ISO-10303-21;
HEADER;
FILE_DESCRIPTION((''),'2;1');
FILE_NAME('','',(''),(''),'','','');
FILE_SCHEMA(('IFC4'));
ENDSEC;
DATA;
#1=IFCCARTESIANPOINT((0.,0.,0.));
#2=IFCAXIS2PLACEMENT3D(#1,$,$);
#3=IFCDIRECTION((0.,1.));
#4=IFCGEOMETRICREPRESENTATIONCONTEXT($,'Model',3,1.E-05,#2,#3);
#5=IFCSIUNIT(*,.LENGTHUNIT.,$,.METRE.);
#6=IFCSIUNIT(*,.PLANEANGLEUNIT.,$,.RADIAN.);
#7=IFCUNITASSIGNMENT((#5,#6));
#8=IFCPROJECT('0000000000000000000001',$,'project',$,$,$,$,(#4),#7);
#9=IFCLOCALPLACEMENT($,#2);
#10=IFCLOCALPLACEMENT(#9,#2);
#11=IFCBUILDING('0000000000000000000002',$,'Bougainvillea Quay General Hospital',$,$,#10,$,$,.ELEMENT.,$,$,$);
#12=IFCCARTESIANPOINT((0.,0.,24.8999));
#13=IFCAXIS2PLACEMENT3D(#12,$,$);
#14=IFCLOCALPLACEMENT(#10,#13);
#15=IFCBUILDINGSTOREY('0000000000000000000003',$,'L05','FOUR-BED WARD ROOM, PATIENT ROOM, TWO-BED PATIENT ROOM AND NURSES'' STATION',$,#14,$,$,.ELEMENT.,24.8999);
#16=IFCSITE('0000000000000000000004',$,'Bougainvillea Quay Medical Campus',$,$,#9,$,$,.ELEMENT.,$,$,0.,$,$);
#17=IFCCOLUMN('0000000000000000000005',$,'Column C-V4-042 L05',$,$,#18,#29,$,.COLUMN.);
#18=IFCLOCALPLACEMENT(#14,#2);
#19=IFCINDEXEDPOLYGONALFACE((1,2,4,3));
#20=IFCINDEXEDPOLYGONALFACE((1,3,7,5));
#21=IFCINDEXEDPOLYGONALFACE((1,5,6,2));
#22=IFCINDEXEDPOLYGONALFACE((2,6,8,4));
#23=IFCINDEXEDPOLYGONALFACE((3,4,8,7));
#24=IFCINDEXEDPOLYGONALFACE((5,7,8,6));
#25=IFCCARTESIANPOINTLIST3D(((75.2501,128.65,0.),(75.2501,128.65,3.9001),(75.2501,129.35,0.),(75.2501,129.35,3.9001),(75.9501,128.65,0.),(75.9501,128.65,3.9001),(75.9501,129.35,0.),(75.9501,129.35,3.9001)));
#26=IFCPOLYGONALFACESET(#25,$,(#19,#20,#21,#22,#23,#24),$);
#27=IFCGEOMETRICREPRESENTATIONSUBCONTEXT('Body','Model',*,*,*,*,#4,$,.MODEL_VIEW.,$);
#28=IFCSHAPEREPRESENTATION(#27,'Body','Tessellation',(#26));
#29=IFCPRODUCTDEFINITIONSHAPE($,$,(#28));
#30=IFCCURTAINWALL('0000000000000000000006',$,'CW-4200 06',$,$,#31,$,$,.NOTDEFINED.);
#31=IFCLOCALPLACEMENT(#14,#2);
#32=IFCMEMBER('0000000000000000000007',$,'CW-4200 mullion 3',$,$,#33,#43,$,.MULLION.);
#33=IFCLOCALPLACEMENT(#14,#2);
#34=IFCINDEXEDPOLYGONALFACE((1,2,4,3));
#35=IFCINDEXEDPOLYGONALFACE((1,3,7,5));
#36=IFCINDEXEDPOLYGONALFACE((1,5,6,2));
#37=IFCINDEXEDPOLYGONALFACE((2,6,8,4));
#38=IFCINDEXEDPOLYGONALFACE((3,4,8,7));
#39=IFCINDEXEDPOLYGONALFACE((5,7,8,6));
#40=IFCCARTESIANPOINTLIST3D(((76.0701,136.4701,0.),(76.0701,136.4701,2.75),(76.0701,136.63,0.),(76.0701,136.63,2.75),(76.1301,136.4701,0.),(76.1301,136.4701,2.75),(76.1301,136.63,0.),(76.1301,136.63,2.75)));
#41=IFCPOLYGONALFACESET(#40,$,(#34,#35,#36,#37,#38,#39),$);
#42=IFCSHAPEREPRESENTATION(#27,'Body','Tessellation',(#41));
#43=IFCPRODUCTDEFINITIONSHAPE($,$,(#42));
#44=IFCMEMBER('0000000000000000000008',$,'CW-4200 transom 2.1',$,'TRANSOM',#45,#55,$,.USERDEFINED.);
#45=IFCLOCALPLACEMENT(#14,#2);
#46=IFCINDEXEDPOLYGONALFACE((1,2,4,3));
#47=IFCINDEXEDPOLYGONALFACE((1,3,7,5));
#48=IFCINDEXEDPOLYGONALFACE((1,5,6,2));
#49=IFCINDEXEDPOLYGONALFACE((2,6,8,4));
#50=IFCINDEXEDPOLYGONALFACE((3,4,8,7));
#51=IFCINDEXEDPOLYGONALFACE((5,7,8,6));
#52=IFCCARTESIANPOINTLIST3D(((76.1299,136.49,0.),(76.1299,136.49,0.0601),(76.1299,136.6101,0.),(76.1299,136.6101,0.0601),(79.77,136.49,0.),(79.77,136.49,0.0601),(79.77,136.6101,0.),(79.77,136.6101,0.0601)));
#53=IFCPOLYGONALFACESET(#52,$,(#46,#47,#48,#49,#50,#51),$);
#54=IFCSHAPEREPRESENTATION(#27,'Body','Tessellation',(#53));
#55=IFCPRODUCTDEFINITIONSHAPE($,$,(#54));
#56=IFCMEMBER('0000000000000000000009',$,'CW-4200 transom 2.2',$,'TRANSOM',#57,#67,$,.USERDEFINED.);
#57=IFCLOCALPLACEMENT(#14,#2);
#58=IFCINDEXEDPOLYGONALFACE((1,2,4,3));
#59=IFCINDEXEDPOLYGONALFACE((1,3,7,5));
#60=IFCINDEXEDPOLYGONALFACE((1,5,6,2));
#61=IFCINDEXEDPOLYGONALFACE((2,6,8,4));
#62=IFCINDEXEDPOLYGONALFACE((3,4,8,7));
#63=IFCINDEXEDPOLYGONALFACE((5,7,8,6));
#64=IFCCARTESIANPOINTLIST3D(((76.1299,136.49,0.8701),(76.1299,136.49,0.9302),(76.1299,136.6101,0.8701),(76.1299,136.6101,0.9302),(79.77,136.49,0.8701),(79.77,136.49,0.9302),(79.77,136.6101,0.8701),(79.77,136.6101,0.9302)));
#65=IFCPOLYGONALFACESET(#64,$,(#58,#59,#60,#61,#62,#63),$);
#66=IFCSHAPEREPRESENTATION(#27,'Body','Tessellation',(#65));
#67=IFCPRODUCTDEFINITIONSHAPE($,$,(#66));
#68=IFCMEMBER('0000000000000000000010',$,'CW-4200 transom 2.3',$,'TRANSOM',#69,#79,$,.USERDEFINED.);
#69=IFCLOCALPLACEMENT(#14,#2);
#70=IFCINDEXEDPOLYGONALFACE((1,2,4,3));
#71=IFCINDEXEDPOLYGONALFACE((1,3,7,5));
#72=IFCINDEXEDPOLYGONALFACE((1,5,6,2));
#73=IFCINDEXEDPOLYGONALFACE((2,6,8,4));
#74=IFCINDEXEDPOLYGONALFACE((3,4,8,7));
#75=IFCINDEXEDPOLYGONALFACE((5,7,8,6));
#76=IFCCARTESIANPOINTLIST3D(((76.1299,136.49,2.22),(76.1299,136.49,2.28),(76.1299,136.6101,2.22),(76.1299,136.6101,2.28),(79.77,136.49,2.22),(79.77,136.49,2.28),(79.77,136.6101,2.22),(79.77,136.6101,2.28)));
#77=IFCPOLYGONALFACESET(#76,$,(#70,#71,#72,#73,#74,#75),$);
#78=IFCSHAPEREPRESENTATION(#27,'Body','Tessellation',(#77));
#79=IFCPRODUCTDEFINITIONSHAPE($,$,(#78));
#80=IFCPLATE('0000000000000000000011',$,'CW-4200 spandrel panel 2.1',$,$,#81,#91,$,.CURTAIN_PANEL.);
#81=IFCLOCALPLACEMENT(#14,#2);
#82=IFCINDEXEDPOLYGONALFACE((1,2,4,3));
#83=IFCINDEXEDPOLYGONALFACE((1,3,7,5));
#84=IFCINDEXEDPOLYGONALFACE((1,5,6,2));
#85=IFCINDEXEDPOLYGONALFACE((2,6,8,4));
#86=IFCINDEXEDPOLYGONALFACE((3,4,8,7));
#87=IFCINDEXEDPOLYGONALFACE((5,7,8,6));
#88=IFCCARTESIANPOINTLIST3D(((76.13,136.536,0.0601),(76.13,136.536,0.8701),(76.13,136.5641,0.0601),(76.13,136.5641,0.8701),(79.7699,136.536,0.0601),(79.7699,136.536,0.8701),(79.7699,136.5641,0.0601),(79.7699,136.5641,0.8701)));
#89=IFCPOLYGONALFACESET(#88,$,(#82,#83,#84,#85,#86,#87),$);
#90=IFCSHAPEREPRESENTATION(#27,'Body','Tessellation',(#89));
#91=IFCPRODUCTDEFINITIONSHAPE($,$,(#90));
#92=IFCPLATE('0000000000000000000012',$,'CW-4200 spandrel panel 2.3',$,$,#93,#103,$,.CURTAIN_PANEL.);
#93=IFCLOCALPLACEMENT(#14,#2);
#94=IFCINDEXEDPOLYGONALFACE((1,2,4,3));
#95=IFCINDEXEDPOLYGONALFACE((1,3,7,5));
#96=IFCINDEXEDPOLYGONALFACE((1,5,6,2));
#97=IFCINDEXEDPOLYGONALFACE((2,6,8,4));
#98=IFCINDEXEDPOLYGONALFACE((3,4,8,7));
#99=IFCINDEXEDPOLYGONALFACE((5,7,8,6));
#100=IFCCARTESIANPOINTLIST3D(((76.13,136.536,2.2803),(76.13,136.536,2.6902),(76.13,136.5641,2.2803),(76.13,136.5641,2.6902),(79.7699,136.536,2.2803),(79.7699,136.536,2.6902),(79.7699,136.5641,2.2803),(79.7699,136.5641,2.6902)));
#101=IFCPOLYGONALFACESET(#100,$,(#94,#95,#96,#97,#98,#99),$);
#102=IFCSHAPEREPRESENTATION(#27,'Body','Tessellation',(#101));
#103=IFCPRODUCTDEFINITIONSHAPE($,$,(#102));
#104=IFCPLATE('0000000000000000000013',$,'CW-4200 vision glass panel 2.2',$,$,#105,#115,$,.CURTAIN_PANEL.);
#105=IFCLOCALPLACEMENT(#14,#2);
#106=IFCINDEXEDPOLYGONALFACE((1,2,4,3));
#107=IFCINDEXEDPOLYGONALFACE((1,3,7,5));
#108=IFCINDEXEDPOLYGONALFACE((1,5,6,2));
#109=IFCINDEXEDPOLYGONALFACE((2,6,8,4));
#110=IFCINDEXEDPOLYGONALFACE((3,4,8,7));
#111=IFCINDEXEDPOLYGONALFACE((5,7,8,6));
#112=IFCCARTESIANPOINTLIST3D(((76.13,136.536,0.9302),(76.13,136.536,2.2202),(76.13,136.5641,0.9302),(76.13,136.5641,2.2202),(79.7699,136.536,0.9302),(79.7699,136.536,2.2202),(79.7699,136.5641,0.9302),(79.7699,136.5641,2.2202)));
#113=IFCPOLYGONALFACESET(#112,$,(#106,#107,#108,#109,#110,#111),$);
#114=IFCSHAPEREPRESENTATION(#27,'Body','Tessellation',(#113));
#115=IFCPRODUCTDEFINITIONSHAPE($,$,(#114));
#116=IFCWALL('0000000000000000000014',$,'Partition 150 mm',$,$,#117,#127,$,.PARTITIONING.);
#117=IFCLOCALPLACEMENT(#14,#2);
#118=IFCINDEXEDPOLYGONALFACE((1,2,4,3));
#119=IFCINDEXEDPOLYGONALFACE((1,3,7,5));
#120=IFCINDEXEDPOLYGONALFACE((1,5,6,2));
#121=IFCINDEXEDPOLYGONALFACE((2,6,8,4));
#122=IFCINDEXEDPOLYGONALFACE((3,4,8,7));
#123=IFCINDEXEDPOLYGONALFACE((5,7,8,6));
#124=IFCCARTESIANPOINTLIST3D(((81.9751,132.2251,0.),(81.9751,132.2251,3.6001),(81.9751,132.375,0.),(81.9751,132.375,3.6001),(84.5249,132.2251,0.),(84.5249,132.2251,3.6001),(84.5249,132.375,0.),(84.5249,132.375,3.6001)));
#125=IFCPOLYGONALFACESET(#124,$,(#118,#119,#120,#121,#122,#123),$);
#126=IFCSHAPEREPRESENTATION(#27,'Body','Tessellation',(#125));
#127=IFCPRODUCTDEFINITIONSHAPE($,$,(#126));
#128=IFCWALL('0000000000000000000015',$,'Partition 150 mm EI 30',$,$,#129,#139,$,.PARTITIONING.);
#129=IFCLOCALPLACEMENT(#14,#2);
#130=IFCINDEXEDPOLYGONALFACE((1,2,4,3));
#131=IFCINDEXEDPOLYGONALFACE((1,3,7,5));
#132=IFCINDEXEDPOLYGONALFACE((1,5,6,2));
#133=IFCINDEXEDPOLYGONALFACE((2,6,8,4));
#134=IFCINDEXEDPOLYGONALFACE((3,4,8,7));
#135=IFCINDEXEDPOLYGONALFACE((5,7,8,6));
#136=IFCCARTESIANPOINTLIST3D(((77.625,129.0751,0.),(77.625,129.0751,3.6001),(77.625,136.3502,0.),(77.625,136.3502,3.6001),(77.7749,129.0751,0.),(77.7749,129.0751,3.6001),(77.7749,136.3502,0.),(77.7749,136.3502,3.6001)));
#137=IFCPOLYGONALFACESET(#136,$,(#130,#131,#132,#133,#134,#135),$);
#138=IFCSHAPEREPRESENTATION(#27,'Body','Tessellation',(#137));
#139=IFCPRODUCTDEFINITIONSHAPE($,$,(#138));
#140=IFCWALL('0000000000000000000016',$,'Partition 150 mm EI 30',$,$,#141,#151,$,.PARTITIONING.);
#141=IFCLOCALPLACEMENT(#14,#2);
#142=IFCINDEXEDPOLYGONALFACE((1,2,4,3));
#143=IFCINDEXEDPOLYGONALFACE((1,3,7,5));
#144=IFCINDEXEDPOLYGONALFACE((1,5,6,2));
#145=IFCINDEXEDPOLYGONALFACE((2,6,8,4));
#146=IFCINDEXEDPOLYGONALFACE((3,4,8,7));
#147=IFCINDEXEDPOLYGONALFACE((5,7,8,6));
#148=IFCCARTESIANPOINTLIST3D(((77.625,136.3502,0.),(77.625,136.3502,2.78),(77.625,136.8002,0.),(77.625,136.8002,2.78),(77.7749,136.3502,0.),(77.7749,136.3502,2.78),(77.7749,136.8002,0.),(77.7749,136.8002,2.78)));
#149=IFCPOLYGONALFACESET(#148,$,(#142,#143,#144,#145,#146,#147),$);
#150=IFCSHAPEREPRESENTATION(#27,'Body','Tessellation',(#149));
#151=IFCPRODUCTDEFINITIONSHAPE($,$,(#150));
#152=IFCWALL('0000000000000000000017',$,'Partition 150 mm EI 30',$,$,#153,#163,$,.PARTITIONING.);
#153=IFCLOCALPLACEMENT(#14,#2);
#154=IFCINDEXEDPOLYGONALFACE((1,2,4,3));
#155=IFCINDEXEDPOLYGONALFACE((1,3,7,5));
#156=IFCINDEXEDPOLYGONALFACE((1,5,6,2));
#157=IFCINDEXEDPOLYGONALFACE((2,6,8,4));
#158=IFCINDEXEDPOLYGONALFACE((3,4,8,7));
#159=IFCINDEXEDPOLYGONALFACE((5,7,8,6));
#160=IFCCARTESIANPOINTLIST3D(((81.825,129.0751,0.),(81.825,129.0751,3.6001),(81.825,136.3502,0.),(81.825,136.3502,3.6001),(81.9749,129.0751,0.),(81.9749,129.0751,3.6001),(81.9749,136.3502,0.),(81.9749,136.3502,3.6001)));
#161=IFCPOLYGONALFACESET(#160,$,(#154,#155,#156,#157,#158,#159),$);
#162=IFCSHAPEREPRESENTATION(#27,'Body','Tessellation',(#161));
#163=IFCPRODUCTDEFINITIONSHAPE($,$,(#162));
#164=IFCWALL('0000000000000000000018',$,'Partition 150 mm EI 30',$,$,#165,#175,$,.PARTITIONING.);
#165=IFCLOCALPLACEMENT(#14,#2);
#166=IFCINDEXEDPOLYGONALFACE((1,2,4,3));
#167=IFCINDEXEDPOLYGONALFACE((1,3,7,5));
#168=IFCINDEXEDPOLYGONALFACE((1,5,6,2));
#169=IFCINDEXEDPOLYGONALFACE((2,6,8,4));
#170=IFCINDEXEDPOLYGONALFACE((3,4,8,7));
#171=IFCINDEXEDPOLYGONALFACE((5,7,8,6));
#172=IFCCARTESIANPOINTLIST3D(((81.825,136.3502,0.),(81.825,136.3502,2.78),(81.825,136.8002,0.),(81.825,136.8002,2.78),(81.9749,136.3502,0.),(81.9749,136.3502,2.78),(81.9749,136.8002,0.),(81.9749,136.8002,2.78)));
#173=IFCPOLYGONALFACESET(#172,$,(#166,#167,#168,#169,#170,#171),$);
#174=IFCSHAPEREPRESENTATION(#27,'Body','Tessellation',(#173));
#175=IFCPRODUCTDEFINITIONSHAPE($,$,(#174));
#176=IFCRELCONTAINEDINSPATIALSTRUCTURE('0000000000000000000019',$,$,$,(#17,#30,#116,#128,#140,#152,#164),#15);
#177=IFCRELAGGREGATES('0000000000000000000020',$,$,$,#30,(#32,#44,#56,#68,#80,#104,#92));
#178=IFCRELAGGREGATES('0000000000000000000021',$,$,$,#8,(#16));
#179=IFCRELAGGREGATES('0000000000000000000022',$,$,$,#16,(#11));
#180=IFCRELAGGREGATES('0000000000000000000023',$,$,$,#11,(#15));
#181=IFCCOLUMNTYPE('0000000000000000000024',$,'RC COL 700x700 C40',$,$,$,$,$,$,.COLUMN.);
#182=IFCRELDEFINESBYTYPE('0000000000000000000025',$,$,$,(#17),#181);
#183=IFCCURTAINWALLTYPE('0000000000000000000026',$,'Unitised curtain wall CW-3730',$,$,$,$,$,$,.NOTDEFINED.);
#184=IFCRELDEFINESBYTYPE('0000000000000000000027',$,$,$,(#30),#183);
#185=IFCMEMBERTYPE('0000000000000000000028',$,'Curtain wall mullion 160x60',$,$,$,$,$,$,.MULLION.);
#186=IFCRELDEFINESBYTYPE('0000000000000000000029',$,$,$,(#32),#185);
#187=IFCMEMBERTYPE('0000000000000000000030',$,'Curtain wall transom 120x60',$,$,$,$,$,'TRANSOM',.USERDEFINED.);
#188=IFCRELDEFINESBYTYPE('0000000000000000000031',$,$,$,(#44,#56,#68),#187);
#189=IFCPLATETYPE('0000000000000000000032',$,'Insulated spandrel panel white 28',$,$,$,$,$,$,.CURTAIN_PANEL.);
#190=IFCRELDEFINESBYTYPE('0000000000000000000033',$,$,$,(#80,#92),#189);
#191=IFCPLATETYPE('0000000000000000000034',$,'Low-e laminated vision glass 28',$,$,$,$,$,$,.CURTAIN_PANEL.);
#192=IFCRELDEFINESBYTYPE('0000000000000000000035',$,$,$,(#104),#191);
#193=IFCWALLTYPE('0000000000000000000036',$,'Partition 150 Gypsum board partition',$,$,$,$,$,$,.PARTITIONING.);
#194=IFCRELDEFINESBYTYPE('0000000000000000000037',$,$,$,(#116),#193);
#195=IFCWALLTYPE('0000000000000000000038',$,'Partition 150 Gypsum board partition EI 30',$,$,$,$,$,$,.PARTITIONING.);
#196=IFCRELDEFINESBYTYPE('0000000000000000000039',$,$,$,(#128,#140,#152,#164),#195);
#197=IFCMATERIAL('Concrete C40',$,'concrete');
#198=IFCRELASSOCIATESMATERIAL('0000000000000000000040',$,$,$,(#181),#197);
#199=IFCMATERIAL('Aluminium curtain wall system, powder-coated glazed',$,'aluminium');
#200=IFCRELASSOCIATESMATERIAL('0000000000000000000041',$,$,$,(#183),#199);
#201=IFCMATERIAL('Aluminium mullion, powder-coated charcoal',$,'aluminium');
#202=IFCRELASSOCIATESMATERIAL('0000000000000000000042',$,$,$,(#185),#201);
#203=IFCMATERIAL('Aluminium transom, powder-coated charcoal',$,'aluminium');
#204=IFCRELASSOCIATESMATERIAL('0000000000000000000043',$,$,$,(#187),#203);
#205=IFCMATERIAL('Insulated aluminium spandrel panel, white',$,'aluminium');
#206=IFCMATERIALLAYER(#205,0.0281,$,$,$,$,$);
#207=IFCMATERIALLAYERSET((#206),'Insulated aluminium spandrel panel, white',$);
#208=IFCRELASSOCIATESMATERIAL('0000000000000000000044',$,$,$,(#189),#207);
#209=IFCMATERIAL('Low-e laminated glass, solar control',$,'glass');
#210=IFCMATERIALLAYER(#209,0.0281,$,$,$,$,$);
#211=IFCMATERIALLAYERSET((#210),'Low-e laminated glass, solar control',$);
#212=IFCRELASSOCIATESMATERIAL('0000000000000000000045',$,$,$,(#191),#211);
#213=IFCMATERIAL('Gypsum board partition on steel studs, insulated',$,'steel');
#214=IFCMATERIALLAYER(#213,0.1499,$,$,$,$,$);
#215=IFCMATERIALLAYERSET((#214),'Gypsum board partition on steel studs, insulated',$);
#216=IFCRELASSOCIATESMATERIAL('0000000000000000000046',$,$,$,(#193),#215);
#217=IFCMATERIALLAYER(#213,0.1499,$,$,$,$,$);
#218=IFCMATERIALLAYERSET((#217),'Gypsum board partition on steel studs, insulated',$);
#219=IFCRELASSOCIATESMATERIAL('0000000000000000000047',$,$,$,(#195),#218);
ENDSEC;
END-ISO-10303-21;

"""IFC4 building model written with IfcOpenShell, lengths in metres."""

from ifc_helpers import new_model, si_unit, direction, frame, frame_2d, origin, origin_2d, place, context, subcontext, project, spatial, rectangle, extrude, material, layer, layer_set, material_profile, profile_set, type_object, element, aggregate, save


model = new_model("IFC4")

# Units and contexts
model_context = context("Model", 3, precision=1e-05, world=origin(), true_north=direction((0.0, 1.0)))
body_context = subcontext(model_context, "Body", "Model", "MODEL_VIEW")
ifc_project = project(units=[si_unit("LENGTHUNIT", "METRE"), si_unit("PLANEANGLEUNIT", "RADIAN")], contexts=[model_context])

# Site, building, storey
site_placement = place(None, origin())
site = spatial("IfcSite", under=ifc_project, at=site_placement, Name="Bougainvillea Quay Medical Campus", CompositionType="ELEMENT", RefElevation=0.0)
building_placement = place(site_placement, origin())
building = spatial("IfcBuilding", under=site, at=building_placement, Name="Bougainvillea Quay General Hospital", CompositionType="ELEMENT")
storey_placement = place(building_placement, frame((0.0, 0.0, 24.8999)))
storey = spatial("IfcBuildingStorey", under=building, at=storey_placement, Name="L05", Description="FOUR-BED WARD ROOM, PATIENT ROOM, TWO-BED PATIENT ROOM AND NURSES' STATION", CompositionType="ELEMENT", Elevation=24.8999)

# Column
ifc_material_1 = material(Name="Concrete C40", Category="concrete")
ifc_material_profile_1 = material_profile(ifc_material_1, rectangle(XDim=0.7, YDim=0.7, at=origin_2d()))
ifc_profile_set_1 = profile_set([ifc_material_profile_1], Name="Concrete C40")
column_type = type_object("IfcColumnType", Name="RC COL 700x700 C40", PredefinedType="COLUMN", material=ifc_profile_set_1)
column_placement = place(storey_placement, frame((75.6001, 129.0, 0.0), z_axis=(0.0, 0.0, 1.0), x_axis=(1.0, 0.0, 0.0)))
element("IfcColumn", 1, at=column_placement, inside=storey, type_object=column_type, Name="Column C-V4-042 L05", PredefinedType="COLUMN", context=body_context, shape_type="SweptSolid", body=[
    extrude(rectangle(XDim=0.7, YDim=0.7, at=origin_2d()), origin(), (0.0, 0.0, 1.0), 3.9001),
])

# Curtain wall, members, plates
ifc_material_2 = material(Name="Aluminium curtain wall system, powder-coated glazed", Category="aluminium")
curtain_wall_type = type_object("IfcCurtainWallType", Name="Unitised curtain wall CW-3730", PredefinedType="NOTDEFINED", material=ifc_material_2)
curtain_wall_placement = place(storey_placement, origin())
curtain_wall = element("IfcCurtainWall", 2, at=curtain_wall_placement, inside=storey, type_object=curtain_wall_type, Name="CW-4200 06", PredefinedType="NOTDEFINED")
ifc_material_3 = material(Name="Aluminium mullion, powder-coated charcoal", Category="aluminium")
ifc_material_profile_2 = material_profile(ifc_material_3, rectangle(XDim=0.1599, YDim=0.0601, at=origin_2d()))
ifc_profile_set_2 = profile_set([ifc_material_profile_2], Name="Aluminium mullion, powder-coated charcoal")
member_type_1 = type_object("IfcMemberType", Name="Curtain wall mullion 160x60", PredefinedType="MULLION", material=ifc_profile_set_2)
member_1_placement = place(storey_placement, frame((76.1001, 136.55, 0.0), z_axis=(0.0, 0.0, 1.0), x_axis=(0.0, -1.0, 0.0)))
member_1 = element("IfcMember", 3, at=member_1_placement, type_object=member_type_1, Name="CW-4200 mullion 3", PredefinedType="MULLION", context=body_context, shape_type="SweptSolid", body=[
    extrude(rectangle(XDim=0.1599, YDim=0.0601, at=origin_2d()), origin(), (0.0, 0.0, 1.0), 2.75),
])
ifc_material_4 = material(Name="Aluminium transom, powder-coated charcoal", Category="aluminium")
ifc_material_profile_3 = material_profile(ifc_material_4, rectangle(XDim=0.1201, YDim=0.0601, at=origin_2d()))
ifc_profile_set_3 = profile_set([ifc_material_profile_3], Name="Aluminium transom, powder-coated charcoal")
member_type_2 = type_object("IfcMemberType", Name="Curtain wall transom 120x60", ElementType="TRANSOM", PredefinedType="USERDEFINED", material=ifc_profile_set_3)
member_2_placement = place(storey_placement, frame((79.77, 136.55, 0.03), z_axis=(-1.0, 0.0, 0.0), x_axis=(0.0, -1.0, 0.0)))
member_2 = element("IfcMember", 4, at=member_2_placement, type_object=member_type_2, Name="CW-4200 transom 2.1", ObjectType="TRANSOM", PredefinedType="USERDEFINED", context=body_context, shape_type="SweptSolid", body=[
    extrude(rectangle(XDim=0.1201, YDim=0.0601, at=origin_2d()), origin(), (0.0, 0.0, 1.0), 3.6401),
])
member_3_placement = place(storey_placement, frame((79.77, 136.55, 0.9001), z_axis=(-1.0, 0.0, 0.0), x_axis=(0.0, -1.0, 0.0)))
member_3 = element("IfcMember", 5, at=member_3_placement, type_object=member_type_2, Name="CW-4200 transom 2.2", ObjectType="TRANSOM", PredefinedType="USERDEFINED", context=body_context, shape_type="SweptSolid", body=[
    extrude(rectangle(XDim=0.1201, YDim=0.0601, at=origin_2d()), origin(), (0.0, 0.0, 1.0), 3.6401),
])
member_4_placement = place(storey_placement, frame((79.77, 136.55, 2.25), z_axis=(-1.0, 0.0, 0.0), x_axis=(0.0, -1.0, 0.0)))
member_4 = element("IfcMember", 6, at=member_4_placement, type_object=member_type_2, Name="CW-4200 transom 2.3", ObjectType="TRANSOM", PredefinedType="USERDEFINED", context=body_context, shape_type="SweptSolid", body=[
    extrude(rectangle(XDim=0.1201, YDim=0.0601, at=origin_2d()), origin(), (0.0, 0.0, 1.0), 3.6401),
])
ifc_material_5 = material(Name="Insulated aluminium spandrel panel, white", Category="aluminium")
ifc_layer_1 = layer(ifc_material_5, 0.0281)
ifc_layer_set_1 = layer_set([ifc_layer_1], Name="Insulated aluminium spandrel panel, white")
plate_type_1 = type_object("IfcPlateType", Name="Insulated spandrel panel white 28", PredefinedType="CURTAIN_PANEL", material=ifc_layer_set_1)
plate_1_placement = place(storey_placement, frame((77.95, 136.55, 0.0601), z_axis=(0.0, 0.0, 1.0), x_axis=(-1.0, 0.0, 0.0)))
plate_1 = element("IfcPlate", 7, at=plate_1_placement, type_object=plate_type_1, Name="CW-4200 spandrel panel 2.1", PredefinedType="CURTAIN_PANEL", context=body_context, shape_type="SweptSolid", body=[
    extrude(rectangle(XDim=3.6399, YDim=0.0281, at=origin_2d()), origin(), (0.0, 0.0, 1.0), 0.8101),
])
plate_2_placement = place(storey_placement, frame((77.95, 136.55, 2.2803), z_axis=(0.0, 0.0, 1.0), x_axis=(-1.0, 0.0, 0.0)))
plate_2 = element("IfcPlate", 8, at=plate_2_placement, type_object=plate_type_1, Name="CW-4200 spandrel panel 2.3", PredefinedType="CURTAIN_PANEL", context=body_context, shape_type="SweptSolid", body=[
    extrude(rectangle(XDim=3.6399, YDim=0.0281, at=origin_2d()), origin(), (0.0, 0.0, 1.0), 0.4099),
])
ifc_material_6 = material(Name="Low-e laminated glass, solar control", Category="glass")
ifc_layer_2 = layer(ifc_material_6, 0.0281)
ifc_layer_set_2 = layer_set([ifc_layer_2], Name="Low-e laminated glass, solar control")
plate_type_2 = type_object("IfcPlateType", Name="Low-e laminated vision glass 28", PredefinedType="CURTAIN_PANEL", material=ifc_layer_set_2)
plate_3_placement = place(storey_placement, frame((77.95, 136.55, 0.9302), z_axis=(0.0, 0.0, 1.0), x_axis=(-1.0, 0.0, 0.0)))
plate_3 = element("IfcPlate", 9, at=plate_3_placement, type_object=plate_type_2, Name="CW-4200 vision glass panel 2.2", PredefinedType="CURTAIN_PANEL", context=body_context, shape_type="SweptSolid", body=[
    extrude(rectangle(XDim=3.6399, YDim=0.0281, at=origin_2d()), origin(), (0.0, 0.0, 1.0), 1.29),
])
aggregate(curtain_wall, [member_1, member_2, member_3, member_4, plate_1, plate_3, plate_2])

# Walls
ifc_material_7 = material(Name="Gypsum board partition on steel studs, insulated", Category="steel")
ifc_layer_3 = layer(ifc_material_7, 0.1499)
ifc_layer_set_3 = layer_set([ifc_layer_3], Name="Gypsum board partition on steel studs, insulated")
wall_type_1 = type_object("IfcWallType", Name="Partition 150 Gypsum board partition", PredefinedType="PARTITIONING", material=ifc_layer_set_3)
wall_1_placement = place(storey_placement, frame((81.9751, 132.3, 0.0), z_axis=(0.0, 0.0, 1.0), x_axis=(1.0, 0.0, 0.0)))
element("IfcWall", 10, at=wall_1_placement, inside=storey, type_object=wall_type_1, Name="Partition 150 mm", PredefinedType="PARTITIONING", context=body_context, shape_type="SweptSolid", body=[
    extrude(rectangle(XDim=2.5498, YDim=0.1499, at=frame_2d((1.2749, 0.0))), origin(), (0.0, 0.0, 1.0), 3.6001),
])
ifc_layer_4 = layer(ifc_material_7, 0.1499)
ifc_layer_set_4 = layer_set([ifc_layer_4], Name="Gypsum board partition on steel studs, insulated")
wall_type_2 = type_object("IfcWallType", Name="Partition 150 Gypsum board partition EI 30", PredefinedType="PARTITIONING", material=ifc_layer_set_4)
wall_2_placement = place(storey_placement, frame((77.7, 129.075, 0.0), z_axis=(0.0, 0.0, 1.0), x_axis=(0.0, 1.0, 0.0)))
element("IfcWall", 11, at=wall_2_placement, inside=storey, type_object=wall_type_2, Name="Partition 150 mm EI 30", PredefinedType="PARTITIONING", context=body_context, shape_type="SweptSolid", body=[
    extrude(rectangle(XDim=7.2751, YDim=0.1499, at=frame_2d((3.6377, 0.0))), origin(), (0.0, 0.0, 1.0), 3.6001),
])
wall_3_placement = place(storey_placement, frame((77.7, 136.3501, 0.0), z_axis=(0.0, 0.0, 1.0), x_axis=(0.0, 1.0, 0.0)))
element("IfcWall", 12, at=wall_3_placement, inside=storey, type_object=wall_type_2, Name="Partition 150 mm EI 30", PredefinedType="PARTITIONING", context=body_context, shape_type="SweptSolid", body=[
    extrude(rectangle(XDim=0.45, YDim=0.1499, at=frame_2d((0.2251, 0.0))), origin(), (0.0, 0.0, 1.0), 2.78),
])
wall_4_placement = place(storey_placement, frame((81.8999, 129.075, 0.0), z_axis=(0.0, 0.0, 1.0), x_axis=(0.0, 1.0, 0.0)))
element("IfcWall", 13, at=wall_4_placement, inside=storey, type_object=wall_type_2, Name="Partition 150 mm EI 30", PredefinedType="PARTITIONING", context=body_context, shape_type="SweptSolid", body=[
    extrude(rectangle(XDim=7.2751, YDim=0.1499, at=frame_2d((3.6377, 0.0))), origin(), (0.0, 0.0, 1.0), 3.6001),
])
wall_5_placement = place(storey_placement, frame((81.8999, 136.3501, 0.0), z_axis=(0.0, 0.0, 1.0), x_axis=(0.0, 1.0, 0.0)))
element("IfcWall", 14, at=wall_5_placement, inside=storey, type_object=wall_type_2, Name="Partition 150 mm EI 30", PredefinedType="PARTITIONING", context=body_context, shape_type="SweptSolid", body=[
    extrude(rectangle(XDim=0.45, YDim=0.1499, at=frame_2d((0.2251, 0.0))), origin(), (0.0, 0.0, 1.0), 2.78),
])

save(model, "model.ifc")
